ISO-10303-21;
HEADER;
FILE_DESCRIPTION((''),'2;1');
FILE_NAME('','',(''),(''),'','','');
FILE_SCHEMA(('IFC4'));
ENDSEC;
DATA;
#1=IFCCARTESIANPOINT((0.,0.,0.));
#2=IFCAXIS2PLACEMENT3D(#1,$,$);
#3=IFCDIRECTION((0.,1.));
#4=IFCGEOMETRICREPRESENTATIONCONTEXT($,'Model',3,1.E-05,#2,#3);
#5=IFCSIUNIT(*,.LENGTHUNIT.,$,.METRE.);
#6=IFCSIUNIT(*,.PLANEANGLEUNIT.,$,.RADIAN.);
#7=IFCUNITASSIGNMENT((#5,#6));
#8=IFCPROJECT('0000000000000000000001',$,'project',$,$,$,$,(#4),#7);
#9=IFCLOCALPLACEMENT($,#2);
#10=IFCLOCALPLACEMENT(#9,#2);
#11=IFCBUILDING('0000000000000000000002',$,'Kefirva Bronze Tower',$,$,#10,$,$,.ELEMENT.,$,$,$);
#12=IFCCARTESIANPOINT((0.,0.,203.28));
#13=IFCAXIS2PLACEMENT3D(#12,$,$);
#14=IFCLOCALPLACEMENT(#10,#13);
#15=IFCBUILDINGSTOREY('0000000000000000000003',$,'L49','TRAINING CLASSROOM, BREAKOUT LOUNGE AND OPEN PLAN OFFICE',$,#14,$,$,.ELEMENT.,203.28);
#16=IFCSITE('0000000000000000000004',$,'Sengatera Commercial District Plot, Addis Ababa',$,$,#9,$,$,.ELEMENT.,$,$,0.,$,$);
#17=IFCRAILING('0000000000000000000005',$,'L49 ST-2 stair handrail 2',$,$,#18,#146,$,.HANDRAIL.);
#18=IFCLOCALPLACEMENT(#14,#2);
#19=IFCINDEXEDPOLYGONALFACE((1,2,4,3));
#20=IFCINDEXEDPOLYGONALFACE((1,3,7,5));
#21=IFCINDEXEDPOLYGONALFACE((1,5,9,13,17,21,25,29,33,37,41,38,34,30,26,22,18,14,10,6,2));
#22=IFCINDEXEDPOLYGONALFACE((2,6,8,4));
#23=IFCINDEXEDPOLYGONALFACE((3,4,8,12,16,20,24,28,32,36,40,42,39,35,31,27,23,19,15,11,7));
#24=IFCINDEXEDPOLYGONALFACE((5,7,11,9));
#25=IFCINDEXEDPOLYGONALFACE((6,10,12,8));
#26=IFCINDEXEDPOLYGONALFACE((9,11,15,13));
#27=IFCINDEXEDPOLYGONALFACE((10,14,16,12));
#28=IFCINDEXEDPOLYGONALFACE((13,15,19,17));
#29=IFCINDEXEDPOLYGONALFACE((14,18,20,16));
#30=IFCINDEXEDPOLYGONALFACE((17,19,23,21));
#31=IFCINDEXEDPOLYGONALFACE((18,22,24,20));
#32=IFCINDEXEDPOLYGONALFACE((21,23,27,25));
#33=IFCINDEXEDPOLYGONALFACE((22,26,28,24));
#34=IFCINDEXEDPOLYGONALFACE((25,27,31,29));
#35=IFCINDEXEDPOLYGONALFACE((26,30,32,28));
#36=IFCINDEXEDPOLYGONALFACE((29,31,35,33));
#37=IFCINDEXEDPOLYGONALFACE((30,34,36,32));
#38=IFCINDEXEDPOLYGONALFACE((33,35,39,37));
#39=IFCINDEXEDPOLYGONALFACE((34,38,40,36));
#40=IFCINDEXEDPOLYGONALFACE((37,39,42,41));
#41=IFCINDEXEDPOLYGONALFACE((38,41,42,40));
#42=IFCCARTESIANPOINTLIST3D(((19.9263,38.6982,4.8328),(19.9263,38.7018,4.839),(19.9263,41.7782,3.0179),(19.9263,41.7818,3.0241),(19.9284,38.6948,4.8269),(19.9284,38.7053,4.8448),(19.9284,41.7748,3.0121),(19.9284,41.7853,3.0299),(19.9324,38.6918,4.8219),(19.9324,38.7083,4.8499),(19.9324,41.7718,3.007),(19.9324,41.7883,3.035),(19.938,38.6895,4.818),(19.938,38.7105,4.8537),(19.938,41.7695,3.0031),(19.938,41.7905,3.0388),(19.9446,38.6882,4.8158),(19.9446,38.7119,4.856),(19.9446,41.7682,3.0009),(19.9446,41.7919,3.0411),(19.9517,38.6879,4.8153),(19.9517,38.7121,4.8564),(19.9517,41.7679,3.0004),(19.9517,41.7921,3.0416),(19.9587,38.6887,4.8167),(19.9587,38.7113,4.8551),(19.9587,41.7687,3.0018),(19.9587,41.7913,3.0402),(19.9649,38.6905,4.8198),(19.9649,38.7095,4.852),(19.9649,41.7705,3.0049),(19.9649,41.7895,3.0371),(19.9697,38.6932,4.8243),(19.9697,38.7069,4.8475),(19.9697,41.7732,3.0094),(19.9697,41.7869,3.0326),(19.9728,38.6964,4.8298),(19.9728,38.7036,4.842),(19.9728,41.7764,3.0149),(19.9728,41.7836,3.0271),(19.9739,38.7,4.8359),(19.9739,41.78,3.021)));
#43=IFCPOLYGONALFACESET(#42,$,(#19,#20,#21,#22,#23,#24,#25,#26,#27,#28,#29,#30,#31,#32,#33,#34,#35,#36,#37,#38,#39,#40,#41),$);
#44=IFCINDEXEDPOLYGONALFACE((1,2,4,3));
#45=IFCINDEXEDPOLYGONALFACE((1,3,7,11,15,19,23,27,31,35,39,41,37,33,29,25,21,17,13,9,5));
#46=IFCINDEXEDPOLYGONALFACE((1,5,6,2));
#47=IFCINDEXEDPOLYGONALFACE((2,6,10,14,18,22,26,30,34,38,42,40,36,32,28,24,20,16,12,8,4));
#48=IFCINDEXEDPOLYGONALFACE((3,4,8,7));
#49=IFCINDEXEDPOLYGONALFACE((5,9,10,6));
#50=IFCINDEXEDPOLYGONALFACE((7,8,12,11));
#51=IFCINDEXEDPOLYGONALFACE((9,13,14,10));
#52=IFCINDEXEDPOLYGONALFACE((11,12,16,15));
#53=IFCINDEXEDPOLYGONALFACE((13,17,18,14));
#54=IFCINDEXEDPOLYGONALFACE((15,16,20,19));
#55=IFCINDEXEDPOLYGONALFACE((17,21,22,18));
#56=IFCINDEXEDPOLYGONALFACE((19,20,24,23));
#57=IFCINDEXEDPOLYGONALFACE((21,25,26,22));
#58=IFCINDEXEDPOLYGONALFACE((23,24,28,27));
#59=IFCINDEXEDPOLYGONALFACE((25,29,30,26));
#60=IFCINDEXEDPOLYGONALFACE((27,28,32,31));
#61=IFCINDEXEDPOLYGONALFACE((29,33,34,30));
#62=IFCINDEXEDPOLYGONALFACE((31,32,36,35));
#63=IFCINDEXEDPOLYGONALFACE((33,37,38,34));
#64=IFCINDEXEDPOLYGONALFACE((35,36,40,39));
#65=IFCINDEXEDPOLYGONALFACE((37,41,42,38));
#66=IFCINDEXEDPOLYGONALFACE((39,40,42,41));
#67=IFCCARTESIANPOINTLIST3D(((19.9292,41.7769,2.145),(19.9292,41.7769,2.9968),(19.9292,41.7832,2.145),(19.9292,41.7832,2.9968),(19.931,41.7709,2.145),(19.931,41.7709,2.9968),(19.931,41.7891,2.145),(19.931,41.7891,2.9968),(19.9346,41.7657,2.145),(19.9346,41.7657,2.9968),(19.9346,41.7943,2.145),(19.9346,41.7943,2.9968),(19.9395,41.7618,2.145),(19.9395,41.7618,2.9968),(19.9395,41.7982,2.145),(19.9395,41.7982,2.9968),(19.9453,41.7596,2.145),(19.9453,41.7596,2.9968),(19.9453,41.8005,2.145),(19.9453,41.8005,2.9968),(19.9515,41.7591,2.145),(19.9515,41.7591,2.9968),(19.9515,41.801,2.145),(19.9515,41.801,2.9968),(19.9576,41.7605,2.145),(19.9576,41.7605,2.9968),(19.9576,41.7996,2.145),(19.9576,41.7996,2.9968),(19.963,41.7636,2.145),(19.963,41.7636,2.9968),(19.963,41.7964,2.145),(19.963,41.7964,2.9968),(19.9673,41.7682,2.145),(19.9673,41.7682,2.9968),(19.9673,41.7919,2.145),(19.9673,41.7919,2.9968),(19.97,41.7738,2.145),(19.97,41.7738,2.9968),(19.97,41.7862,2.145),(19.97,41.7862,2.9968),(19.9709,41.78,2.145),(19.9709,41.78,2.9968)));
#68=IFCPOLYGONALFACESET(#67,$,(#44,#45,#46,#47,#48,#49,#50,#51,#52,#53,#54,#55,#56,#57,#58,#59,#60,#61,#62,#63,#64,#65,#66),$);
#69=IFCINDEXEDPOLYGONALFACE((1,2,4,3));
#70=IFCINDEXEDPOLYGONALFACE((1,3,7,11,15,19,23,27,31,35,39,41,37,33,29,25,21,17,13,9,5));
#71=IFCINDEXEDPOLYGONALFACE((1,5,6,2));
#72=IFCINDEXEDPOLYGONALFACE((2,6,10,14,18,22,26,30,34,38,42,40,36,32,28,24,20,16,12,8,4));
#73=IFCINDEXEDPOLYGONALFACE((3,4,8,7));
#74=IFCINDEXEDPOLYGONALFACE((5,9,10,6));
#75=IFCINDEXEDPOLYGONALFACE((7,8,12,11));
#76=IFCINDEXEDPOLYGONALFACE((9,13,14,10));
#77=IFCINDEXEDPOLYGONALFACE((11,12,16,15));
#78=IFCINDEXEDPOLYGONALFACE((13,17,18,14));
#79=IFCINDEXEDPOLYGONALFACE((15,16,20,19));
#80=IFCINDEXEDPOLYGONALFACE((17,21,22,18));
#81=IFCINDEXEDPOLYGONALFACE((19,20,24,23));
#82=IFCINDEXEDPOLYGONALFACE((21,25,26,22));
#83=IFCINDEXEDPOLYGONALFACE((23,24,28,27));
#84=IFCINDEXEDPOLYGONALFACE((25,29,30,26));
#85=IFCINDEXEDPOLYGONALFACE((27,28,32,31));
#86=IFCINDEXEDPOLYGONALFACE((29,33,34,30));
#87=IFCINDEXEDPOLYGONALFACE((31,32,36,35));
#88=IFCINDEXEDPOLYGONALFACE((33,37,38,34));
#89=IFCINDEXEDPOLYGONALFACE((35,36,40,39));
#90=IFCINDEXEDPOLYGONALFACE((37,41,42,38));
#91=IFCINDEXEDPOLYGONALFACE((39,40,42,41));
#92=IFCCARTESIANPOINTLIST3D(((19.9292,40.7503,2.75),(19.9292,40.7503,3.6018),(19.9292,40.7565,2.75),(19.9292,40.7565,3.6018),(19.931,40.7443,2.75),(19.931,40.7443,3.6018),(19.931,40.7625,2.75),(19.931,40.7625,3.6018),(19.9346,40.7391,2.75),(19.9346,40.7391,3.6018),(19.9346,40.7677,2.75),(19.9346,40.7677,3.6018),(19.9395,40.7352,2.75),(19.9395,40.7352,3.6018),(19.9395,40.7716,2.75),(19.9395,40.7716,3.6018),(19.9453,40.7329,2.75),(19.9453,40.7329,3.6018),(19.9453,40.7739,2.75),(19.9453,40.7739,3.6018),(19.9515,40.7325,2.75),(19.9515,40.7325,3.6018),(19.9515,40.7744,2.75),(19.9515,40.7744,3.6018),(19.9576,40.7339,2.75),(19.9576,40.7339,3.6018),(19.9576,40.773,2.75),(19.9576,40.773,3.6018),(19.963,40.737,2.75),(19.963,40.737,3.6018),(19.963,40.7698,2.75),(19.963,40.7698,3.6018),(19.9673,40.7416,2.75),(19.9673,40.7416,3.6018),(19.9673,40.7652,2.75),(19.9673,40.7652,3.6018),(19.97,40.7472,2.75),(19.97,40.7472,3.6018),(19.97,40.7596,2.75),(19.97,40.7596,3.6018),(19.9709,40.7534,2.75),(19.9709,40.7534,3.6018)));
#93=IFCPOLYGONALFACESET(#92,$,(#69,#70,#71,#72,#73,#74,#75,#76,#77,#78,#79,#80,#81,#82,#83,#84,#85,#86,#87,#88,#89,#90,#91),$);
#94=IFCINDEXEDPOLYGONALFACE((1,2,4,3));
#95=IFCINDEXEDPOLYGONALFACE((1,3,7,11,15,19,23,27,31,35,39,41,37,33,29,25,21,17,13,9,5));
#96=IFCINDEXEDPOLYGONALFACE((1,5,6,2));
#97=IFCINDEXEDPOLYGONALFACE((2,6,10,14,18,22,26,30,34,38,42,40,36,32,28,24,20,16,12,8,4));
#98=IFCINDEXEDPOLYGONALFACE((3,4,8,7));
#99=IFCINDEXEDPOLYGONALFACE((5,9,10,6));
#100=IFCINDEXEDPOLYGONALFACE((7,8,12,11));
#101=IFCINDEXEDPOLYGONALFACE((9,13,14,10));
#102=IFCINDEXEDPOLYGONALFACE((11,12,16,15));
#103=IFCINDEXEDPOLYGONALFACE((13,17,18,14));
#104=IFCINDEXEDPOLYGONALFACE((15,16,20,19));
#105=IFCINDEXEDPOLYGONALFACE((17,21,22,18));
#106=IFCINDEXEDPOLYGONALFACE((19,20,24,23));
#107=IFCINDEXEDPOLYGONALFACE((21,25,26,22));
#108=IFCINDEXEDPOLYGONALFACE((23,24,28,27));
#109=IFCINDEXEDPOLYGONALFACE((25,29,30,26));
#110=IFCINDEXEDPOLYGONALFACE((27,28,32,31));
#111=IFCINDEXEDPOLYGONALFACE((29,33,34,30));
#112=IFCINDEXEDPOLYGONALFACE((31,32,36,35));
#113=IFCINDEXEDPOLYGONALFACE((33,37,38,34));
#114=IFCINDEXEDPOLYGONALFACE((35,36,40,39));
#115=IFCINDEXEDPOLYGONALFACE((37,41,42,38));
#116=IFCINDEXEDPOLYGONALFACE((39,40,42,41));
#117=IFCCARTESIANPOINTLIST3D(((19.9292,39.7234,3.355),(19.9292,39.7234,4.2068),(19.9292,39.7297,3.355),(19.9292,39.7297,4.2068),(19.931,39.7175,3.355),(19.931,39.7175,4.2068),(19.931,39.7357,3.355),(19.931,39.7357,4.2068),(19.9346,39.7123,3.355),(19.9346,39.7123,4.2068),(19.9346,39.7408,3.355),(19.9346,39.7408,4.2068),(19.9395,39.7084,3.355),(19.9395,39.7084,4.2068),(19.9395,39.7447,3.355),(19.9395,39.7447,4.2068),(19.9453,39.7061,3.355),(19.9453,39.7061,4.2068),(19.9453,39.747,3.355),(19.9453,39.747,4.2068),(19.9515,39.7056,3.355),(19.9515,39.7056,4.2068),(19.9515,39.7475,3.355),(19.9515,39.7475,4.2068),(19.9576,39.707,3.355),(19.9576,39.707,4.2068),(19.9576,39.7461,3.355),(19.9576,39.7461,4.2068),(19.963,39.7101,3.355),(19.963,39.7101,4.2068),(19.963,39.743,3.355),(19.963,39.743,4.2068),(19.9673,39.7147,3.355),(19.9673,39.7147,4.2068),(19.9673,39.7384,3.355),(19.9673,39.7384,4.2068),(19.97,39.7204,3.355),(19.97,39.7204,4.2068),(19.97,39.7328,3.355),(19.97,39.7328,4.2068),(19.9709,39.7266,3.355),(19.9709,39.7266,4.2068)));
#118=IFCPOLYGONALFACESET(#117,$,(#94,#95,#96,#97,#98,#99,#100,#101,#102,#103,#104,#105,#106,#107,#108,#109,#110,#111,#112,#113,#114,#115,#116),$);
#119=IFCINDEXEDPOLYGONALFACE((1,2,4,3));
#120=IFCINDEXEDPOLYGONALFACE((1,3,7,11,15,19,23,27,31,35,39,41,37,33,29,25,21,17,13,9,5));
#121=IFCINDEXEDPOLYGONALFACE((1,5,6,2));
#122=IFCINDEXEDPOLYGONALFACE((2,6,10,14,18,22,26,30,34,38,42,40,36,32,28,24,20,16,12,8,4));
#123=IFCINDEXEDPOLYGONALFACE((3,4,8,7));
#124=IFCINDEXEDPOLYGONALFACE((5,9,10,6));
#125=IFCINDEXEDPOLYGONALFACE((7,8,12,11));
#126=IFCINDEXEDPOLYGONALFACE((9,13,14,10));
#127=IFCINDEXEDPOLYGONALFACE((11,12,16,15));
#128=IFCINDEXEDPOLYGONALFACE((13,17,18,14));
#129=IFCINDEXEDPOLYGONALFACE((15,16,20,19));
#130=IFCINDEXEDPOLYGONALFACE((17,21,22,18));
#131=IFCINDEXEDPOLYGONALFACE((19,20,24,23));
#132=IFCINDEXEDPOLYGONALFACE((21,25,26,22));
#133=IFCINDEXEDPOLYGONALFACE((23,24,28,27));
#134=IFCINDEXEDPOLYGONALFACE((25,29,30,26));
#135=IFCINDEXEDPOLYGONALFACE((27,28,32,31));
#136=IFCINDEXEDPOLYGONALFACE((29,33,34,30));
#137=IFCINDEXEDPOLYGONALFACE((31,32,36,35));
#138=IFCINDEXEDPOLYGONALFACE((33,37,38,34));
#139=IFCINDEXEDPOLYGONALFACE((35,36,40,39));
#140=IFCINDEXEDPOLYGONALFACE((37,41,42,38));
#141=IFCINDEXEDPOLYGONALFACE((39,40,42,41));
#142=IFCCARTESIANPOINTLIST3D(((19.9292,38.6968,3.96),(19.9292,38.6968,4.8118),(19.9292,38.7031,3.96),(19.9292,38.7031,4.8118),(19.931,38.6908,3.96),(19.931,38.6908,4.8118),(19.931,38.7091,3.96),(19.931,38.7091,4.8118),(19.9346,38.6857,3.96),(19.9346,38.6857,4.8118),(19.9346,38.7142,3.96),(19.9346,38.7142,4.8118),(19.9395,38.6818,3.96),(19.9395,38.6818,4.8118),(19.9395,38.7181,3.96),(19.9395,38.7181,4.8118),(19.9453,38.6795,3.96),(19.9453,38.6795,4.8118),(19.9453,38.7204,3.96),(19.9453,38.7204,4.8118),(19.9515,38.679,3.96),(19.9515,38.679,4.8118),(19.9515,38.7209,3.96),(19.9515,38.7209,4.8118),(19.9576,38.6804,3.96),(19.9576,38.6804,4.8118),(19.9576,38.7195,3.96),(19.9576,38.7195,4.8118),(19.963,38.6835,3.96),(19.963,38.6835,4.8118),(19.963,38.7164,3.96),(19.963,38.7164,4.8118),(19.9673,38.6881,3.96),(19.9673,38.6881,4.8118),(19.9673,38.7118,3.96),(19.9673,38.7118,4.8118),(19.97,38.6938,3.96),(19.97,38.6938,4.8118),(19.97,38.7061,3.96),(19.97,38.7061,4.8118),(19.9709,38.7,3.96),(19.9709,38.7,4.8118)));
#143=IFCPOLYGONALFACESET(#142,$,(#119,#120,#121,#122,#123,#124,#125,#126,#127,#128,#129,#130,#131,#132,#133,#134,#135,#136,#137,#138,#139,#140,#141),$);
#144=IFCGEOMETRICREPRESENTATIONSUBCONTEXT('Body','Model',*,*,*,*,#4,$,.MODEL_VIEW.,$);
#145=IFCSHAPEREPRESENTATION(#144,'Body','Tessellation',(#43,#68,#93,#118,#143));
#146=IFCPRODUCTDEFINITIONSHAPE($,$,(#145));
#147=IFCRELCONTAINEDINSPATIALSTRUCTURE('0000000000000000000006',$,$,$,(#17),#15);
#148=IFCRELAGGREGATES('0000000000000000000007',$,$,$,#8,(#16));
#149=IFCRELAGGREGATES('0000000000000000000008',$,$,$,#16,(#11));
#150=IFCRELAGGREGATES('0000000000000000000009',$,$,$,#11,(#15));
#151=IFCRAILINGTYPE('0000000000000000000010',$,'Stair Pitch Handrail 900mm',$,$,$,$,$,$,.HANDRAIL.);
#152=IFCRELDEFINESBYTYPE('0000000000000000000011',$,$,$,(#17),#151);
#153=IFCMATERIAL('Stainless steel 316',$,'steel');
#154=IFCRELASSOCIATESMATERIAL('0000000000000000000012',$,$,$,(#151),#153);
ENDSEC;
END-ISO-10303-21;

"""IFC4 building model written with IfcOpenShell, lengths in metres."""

from ifc_helpers import new_model, si_unit, direction, frame, origin, origin_2d, place, context, subcontext, project, spatial, circle, extrude, material, type_object, element, save


model = new_model("IFC4")

# Units and contexts
model_context = context("Model", 3, precision=1e-05, world=origin(), true_north=direction((0.0, 1.0)))
body_context = subcontext(model_context, "Body", "Model", "MODEL_VIEW")
ifc_project = project(units=[si_unit("LENGTHUNIT", "METRE"), si_unit("PLANEANGLEUNIT", "RADIAN")], contexts=[model_context])

# Site, building, storey
site_placement = place(None, origin())
site = spatial("IfcSite", under=ifc_project, at=site_placement, Name="Sengatera Commercial District Plot, Addis Ababa", CompositionType="ELEMENT", RefElevation=0.0)
building_placement = place(site_placement, origin())
building = spatial("IfcBuilding", under=site, at=building_placement, Name="Kefirva Bronze Tower", CompositionType="ELEMENT")
storey_placement = place(building_placement, frame((0.0, 0.0, 203.28)))
storey = spatial("IfcBuildingStorey", under=building, at=storey_placement, Name="L49", Description="TRAINING CLASSROOM, BREAKOUT LOUNGE AND OPEN PLAN OFFICE", CompositionType="ELEMENT", Elevation=203.28)

# Railing
ifc_material_1 = material(Name="Stainless steel 316", Category="steel")
railing_type_1 = type_object("IfcRailingType", Name="Stair Pitch Handrail 900mm", PredefinedType="HANDRAIL", material=ifc_material_1)
railing_1_placement = place(storey_placement, frame((19.95, 41.78, 2.145)))
element("IfcRailing", 1, at=railing_1_placement, inside=storey, type_object=railing_type_1, Name="L49 ST-2 stair handrail 2", PredefinedType="HANDRAIL", context=body_context, shape_type="SweptSolid", body=[
    extrude(circle(Radius=0.0239, at=origin_2d()), frame((0.0, 0.0, 0.876), z_axis=(0.0, -0.861551, 0.507671), x_axis=(1.0, 0.0, 0.0)), (0.0, 0.0, 1.0), 3.575),
    extrude(circle(Radius=0.021, at=origin_2d()), origin(), (0.0, 0.0, 1.0), 0.8518),
    extrude(circle(Radius=0.021, at=origin_2d()), frame((0.0, -1.0266, 0.605)), (0.0, 0.0, 1.0), 0.8518),
    extrude(circle(Radius=0.021, at=origin_2d()), frame((0.0, -2.0535, 1.21)), (0.0, 0.0, 1.0), 0.8518),
    extrude(circle(Radius=0.021, at=origin_2d()), frame((0.0, -3.0801, 1.8149)), (0.0, 0.0, 1.0), 0.8518),
])

save(model, "model.ifc")
